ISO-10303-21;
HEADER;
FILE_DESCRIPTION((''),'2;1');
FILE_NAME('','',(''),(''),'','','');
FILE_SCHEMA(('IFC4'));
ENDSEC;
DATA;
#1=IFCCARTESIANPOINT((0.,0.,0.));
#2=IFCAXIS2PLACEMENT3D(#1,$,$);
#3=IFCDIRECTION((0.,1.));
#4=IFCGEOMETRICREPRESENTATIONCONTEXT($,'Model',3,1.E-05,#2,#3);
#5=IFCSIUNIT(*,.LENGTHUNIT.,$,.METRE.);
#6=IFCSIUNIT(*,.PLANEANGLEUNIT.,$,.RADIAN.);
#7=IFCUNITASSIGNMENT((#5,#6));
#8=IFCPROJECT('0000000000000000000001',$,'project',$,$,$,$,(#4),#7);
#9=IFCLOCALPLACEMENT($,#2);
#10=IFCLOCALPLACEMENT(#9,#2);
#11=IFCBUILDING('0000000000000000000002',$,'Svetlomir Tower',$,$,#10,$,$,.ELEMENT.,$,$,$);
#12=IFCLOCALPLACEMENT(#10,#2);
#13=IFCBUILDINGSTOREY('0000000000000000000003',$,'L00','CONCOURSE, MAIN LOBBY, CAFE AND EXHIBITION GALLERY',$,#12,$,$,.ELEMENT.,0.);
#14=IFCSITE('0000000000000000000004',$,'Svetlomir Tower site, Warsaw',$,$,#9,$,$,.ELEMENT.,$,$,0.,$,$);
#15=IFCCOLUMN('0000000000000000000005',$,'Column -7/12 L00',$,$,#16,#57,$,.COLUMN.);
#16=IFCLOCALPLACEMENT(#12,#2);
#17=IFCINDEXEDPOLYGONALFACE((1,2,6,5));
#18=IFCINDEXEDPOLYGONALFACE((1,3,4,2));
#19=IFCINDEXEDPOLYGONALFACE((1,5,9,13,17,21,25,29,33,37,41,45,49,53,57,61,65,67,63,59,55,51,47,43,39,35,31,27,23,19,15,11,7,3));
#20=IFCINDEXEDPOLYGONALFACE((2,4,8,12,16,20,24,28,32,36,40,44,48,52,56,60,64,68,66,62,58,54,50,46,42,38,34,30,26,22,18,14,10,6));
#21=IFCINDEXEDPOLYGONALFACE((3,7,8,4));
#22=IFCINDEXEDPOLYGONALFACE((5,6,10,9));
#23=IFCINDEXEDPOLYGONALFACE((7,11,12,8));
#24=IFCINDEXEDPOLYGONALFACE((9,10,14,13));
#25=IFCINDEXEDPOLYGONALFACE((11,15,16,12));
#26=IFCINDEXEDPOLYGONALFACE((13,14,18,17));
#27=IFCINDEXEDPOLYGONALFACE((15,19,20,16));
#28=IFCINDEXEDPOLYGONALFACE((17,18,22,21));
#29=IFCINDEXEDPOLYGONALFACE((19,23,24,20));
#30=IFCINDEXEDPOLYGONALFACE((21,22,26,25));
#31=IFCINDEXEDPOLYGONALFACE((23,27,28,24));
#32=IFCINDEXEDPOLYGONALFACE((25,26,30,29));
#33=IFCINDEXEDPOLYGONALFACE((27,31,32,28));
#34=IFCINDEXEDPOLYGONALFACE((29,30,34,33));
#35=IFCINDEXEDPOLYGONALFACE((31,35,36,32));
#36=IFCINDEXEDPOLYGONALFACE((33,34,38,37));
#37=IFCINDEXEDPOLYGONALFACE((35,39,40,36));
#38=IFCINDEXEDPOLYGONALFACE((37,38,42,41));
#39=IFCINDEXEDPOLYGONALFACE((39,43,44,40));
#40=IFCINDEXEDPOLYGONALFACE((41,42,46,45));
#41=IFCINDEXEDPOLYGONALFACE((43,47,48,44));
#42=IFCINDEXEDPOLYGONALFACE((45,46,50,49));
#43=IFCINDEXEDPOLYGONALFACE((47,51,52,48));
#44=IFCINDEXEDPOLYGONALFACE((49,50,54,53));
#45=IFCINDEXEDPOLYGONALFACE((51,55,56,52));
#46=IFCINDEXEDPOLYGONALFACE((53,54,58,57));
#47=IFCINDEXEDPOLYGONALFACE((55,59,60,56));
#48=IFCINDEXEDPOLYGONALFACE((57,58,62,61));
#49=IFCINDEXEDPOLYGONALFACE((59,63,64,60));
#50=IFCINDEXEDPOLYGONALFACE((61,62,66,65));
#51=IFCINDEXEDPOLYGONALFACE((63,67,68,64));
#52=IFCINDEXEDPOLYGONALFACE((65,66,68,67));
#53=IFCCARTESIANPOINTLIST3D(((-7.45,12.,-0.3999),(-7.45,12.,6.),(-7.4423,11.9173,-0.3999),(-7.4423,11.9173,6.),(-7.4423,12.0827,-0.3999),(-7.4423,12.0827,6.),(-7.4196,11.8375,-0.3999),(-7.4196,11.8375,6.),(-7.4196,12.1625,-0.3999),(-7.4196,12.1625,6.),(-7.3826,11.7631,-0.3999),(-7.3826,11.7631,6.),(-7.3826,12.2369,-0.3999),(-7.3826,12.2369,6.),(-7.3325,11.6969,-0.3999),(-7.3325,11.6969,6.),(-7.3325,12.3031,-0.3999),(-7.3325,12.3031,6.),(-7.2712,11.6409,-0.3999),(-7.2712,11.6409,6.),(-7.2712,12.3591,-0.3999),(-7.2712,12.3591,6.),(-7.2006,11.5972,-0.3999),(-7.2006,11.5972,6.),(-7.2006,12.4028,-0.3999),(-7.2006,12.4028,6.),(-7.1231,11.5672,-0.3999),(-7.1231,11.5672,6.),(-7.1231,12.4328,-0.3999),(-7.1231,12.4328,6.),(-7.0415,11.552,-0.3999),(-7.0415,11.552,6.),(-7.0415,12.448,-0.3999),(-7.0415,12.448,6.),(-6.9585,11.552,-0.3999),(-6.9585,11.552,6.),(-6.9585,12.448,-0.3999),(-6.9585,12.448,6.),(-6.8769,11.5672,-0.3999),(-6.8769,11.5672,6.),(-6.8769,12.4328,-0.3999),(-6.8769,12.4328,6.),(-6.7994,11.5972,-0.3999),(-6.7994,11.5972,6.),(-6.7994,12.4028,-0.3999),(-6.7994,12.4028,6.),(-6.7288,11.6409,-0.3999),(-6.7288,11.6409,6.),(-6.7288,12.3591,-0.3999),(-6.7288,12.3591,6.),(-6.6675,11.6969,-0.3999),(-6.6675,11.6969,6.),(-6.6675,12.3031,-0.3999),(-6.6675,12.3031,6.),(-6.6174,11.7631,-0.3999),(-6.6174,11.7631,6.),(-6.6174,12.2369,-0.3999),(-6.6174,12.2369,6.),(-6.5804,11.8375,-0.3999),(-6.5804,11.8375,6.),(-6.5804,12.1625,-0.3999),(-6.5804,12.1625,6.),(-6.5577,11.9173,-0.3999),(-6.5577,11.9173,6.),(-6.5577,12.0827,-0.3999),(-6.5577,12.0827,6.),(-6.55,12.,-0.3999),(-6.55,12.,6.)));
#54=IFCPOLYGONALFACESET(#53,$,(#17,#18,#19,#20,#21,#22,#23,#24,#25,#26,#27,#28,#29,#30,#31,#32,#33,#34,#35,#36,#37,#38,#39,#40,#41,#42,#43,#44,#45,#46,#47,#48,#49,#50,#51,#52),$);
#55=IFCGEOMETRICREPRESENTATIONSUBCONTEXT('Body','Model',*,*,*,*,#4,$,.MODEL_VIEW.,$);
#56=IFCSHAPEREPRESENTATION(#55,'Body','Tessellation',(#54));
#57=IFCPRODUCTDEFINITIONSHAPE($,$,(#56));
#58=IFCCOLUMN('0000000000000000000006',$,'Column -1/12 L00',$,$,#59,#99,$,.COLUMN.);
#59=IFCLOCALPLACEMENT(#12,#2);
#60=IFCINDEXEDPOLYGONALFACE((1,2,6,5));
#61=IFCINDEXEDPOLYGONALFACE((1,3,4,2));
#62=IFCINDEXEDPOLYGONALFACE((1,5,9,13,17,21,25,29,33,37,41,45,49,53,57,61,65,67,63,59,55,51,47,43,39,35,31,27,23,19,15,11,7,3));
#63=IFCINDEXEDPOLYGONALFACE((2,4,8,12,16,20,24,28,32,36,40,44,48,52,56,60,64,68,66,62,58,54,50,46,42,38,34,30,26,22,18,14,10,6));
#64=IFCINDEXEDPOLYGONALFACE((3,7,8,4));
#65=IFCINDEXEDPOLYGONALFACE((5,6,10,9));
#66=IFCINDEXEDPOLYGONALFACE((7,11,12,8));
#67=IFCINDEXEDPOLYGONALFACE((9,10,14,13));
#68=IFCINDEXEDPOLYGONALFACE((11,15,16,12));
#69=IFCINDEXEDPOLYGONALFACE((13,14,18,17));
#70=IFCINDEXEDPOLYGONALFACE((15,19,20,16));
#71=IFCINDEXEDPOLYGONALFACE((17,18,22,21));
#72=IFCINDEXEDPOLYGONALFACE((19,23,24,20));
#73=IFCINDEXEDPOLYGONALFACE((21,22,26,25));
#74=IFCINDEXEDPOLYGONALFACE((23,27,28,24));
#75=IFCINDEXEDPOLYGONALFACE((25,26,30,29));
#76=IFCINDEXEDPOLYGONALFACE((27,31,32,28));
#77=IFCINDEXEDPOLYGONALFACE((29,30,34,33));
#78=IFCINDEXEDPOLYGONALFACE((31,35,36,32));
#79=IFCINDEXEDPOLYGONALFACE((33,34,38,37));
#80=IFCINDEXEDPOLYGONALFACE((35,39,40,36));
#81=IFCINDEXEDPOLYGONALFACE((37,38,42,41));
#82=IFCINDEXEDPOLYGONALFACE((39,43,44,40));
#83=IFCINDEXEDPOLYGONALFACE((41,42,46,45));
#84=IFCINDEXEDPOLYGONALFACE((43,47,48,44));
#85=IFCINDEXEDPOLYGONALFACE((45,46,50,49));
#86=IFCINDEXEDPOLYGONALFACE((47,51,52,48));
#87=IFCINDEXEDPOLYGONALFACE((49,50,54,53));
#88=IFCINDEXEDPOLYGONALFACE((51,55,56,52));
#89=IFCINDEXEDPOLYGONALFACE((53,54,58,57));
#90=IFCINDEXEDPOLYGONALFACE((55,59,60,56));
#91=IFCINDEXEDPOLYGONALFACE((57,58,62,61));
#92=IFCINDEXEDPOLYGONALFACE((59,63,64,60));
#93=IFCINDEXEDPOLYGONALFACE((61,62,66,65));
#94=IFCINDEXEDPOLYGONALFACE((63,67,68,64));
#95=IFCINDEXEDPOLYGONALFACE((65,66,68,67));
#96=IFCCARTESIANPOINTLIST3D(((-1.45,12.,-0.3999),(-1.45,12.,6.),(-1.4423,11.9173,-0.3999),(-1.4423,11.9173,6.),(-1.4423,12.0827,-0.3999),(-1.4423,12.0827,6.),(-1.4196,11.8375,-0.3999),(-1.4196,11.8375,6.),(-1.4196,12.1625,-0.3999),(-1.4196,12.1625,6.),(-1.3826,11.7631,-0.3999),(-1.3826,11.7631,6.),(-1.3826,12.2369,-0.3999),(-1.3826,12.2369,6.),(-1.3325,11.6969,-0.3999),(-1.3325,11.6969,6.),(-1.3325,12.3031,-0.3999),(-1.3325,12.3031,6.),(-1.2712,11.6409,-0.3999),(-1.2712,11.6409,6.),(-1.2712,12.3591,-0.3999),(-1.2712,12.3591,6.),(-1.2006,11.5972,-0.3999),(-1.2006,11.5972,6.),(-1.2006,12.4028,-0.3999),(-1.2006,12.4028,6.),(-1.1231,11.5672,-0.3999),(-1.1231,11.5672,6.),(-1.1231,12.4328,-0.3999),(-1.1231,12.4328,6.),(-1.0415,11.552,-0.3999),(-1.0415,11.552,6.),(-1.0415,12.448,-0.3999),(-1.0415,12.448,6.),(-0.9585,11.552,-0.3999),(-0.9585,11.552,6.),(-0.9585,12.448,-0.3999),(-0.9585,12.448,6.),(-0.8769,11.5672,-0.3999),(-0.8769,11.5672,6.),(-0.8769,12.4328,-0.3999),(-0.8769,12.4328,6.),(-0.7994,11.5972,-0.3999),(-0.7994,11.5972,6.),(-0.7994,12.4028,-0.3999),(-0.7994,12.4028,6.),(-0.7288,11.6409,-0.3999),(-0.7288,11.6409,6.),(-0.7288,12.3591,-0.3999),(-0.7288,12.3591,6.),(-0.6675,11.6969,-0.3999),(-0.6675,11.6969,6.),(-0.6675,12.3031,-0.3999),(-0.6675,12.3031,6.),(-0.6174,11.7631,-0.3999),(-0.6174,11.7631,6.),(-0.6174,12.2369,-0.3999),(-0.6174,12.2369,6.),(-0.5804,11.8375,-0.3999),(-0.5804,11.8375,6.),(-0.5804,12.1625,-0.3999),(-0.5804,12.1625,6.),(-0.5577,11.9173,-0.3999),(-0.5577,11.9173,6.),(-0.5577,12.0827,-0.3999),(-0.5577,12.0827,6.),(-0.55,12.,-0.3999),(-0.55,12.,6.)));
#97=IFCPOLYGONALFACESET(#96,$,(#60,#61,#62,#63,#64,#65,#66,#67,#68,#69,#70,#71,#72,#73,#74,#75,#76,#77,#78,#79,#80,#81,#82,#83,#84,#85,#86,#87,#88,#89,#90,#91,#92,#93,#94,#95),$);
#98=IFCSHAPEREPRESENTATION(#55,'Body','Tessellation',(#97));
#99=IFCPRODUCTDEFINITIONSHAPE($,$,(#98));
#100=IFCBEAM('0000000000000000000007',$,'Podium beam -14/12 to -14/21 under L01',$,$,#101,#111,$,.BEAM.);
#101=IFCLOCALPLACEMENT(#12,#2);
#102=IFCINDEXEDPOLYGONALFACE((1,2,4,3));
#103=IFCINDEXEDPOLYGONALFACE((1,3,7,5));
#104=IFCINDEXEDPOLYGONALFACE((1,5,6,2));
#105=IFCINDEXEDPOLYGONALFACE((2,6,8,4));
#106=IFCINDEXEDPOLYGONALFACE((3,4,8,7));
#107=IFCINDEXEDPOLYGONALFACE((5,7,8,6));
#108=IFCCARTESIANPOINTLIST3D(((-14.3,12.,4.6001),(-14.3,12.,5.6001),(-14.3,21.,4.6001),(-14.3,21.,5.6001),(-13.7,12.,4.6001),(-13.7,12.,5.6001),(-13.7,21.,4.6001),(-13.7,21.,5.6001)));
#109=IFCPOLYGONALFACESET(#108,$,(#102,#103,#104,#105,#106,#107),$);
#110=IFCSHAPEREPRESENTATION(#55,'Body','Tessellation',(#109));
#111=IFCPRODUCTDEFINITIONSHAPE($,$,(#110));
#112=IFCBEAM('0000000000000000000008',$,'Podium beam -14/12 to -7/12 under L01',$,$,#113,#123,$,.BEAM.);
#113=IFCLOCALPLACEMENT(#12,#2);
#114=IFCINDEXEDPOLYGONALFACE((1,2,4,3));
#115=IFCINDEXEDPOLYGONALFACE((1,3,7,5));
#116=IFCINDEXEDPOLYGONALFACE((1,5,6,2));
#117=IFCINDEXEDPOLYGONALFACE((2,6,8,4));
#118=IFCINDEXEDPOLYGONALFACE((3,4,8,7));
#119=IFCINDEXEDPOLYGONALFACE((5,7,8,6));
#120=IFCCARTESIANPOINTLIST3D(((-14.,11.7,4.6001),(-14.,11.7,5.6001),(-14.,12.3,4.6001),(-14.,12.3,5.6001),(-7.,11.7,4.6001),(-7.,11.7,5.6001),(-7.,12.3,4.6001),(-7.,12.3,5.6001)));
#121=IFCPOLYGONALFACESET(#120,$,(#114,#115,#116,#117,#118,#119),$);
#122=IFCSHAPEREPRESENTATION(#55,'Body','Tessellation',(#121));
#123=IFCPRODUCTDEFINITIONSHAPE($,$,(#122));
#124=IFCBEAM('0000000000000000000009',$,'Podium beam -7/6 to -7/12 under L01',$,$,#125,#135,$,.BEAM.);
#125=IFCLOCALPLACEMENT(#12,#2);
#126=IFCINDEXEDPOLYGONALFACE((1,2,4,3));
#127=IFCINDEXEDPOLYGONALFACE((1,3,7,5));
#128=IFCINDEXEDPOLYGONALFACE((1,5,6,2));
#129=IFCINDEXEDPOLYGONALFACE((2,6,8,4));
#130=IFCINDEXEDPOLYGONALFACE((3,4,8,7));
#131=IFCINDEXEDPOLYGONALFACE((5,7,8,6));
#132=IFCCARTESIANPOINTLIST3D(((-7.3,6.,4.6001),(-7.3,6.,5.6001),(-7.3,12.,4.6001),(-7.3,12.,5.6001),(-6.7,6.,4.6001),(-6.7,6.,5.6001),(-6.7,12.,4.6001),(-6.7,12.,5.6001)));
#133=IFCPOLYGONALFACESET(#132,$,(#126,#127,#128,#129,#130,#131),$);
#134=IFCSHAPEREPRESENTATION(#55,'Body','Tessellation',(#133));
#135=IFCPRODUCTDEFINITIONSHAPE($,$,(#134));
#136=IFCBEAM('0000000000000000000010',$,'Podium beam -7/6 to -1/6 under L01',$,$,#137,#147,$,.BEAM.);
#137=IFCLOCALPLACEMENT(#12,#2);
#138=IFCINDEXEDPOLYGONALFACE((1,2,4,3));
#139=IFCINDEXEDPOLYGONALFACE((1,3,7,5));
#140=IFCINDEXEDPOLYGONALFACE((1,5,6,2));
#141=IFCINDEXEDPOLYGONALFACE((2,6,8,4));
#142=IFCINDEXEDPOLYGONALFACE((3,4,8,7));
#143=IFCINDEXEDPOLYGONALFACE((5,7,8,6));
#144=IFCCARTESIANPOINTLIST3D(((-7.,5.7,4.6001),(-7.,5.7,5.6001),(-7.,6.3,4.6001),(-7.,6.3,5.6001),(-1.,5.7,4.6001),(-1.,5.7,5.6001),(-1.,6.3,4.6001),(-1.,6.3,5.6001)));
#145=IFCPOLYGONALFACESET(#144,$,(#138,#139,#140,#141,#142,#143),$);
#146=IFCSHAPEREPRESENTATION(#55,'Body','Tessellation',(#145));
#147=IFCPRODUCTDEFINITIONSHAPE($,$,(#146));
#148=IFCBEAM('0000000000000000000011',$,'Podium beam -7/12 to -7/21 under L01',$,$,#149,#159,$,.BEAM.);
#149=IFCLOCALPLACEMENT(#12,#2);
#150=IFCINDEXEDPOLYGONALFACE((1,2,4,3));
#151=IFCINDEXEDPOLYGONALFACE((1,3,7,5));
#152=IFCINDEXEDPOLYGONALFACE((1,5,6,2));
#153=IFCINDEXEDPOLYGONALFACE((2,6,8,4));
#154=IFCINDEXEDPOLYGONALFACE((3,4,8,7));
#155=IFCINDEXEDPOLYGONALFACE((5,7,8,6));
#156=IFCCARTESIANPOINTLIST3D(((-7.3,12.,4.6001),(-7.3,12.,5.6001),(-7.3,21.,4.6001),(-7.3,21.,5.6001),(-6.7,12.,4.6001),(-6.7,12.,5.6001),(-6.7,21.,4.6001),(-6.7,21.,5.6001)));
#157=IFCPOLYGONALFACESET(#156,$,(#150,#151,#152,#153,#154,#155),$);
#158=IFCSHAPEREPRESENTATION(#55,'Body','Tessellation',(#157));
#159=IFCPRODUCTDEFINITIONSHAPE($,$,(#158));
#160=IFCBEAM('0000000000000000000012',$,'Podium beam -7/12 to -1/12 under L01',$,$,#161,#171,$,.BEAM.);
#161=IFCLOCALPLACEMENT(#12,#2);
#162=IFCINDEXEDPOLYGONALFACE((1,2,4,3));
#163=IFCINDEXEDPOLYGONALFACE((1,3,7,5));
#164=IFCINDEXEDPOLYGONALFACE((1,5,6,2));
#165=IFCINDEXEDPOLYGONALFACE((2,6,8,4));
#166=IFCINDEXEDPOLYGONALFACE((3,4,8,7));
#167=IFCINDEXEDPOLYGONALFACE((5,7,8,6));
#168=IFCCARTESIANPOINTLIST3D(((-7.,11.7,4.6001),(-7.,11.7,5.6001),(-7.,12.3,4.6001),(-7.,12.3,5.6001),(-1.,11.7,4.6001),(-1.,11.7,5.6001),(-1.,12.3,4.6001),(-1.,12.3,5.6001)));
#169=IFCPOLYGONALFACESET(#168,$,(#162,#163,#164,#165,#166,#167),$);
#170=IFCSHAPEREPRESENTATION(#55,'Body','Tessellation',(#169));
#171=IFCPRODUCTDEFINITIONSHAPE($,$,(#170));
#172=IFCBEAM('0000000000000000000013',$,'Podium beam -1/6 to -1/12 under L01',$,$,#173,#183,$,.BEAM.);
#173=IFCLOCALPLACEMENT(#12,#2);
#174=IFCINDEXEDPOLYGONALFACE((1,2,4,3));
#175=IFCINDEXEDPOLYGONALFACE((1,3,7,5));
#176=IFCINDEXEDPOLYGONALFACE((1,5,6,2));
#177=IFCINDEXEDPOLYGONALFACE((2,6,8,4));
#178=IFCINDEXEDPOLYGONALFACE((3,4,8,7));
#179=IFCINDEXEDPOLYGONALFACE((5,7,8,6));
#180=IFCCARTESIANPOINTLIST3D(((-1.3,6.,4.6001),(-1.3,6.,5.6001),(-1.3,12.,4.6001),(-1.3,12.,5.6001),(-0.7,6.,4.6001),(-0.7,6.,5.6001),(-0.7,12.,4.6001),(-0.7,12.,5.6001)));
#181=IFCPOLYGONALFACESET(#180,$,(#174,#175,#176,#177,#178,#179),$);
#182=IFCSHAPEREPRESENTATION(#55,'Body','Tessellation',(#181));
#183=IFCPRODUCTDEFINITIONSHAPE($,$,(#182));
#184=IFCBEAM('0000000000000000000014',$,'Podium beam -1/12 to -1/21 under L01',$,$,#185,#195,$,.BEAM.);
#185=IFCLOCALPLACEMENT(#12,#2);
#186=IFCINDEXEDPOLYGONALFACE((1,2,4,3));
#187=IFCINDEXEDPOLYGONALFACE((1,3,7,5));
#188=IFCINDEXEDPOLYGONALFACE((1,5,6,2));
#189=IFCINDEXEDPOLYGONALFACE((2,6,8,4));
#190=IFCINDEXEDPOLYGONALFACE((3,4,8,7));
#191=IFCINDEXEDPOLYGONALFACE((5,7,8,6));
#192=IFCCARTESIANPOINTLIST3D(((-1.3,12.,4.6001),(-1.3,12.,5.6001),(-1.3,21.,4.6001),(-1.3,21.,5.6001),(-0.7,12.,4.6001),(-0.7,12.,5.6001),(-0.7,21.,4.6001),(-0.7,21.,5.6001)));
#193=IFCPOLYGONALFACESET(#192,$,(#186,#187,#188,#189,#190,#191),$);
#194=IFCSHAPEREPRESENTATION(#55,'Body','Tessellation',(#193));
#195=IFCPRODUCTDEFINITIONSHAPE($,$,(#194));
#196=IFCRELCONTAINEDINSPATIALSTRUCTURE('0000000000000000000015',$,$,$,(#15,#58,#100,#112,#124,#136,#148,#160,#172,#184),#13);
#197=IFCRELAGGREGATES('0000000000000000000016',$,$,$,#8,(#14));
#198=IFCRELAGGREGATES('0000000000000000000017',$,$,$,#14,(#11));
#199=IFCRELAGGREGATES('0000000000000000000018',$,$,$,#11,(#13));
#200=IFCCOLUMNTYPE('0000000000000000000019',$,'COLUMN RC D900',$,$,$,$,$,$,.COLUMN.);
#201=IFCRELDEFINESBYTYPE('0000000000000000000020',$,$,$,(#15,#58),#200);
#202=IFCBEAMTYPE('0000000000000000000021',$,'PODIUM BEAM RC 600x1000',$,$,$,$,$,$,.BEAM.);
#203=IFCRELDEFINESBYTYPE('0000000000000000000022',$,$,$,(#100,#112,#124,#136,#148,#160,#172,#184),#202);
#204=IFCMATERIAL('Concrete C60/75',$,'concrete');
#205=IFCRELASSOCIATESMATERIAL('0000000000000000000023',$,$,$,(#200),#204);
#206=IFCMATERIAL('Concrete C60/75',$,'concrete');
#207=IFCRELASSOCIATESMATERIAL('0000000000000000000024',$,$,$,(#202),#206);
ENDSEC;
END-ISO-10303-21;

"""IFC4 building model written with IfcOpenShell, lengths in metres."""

from ifc_helpers import new_model, si_unit, direction, frame, origin, origin_2d, place, context, subcontext, project, spatial, rectangle, circle, extrude, material, material_profile, profile_set, type_object, element, save


model = new_model("IFC4")

# Units and contexts
model_context = context("Model", 3, precision=1e-05, world=origin(), true_north=direction((0.0, 1.0)))
body_context = subcontext(model_context, "Body", "Model", "MODEL_VIEW")
ifc_project = project(units=[si_unit("LENGTHUNIT", "METRE"), si_unit("PLANEANGLEUNIT", "RADIAN")], contexts=[model_context])

# Site, building, storey
site_placement = place(None, origin())
site = spatial("IfcSite", under=ifc_project, at=site_placement, Name="Svetlomir Tower site, Warsaw", CompositionType="ELEMENT", RefElevation=0.0)
building_placement = place(site_placement, origin())
building = spatial("IfcBuilding", under=site, at=building_placement, Name="Svetlomir Tower", CompositionType="ELEMENT")
storey_placement = place(building_placement, origin())
storey = spatial("IfcBuildingStorey", under=building, at=storey_placement, Name="L00", Description="CONCOURSE, MAIN LOBBY, CAFE AND EXHIBITION GALLERY", CompositionType="ELEMENT", Elevation=0.0)

# Columns
ifc_material_1 = material(Name="Concrete C60/75", Category="concrete")
ifc_material_profile_1 = material_profile(ifc_material_1, circle(Radius=0.45, at=origin_2d()), Name="RC D900")
ifc_profile_set_1 = profile_set([ifc_material_profile_1], Name="Concrete C60/75")
column_type = type_object("IfcColumnType", Name="COLUMN RC D900", PredefinedType="COLUMN", material=ifc_profile_set_1)
for number, where, z_axis, x_axis, name in (
    (1, (-7.0, 12.0, -0.3999), (0.0, 0.0, 1.0), (1.0, 0.0, 0.0), "Column -7/12 L00"),
    (2, (-1.0, 12.0, -0.3999), (0.0, 0.0, 1.0), (1.0, 0.0, 0.0), "Column -1/12 L00"),
):
    element("IfcColumn", number, at=place(storey_placement, frame(where, z_axis=z_axis, x_axis=x_axis)), inside=storey, type_object=column_type, Name=name, PredefinedType="COLUMN", context=body_context, shape_type="SweptSolid", body=[
        extrude(circle(Radius=0.45, at=origin_2d()), origin(), (0.0, 0.0, 1.0), 6.3999),
    ])

# Beams
ifc_material_2 = material(Name="Concrete C60/75", Category="concrete")
ifc_material_profile_2 = material_profile(ifc_material_2, rectangle(XDim=0.6001, YDim=1.0, at=origin_2d()), Name="RC 600x1000")
ifc_profile_set_2 = profile_set([ifc_material_profile_2], Name="Concrete C60/75")
beam_type = type_object("IfcBeamType", Name="PODIUM BEAM RC 600x1000", PredefinedType="BEAM", material=ifc_profile_set_2)
beam_1_placement = place(storey_placement, frame((-14.0, 12.0, 5.1001), z_axis=(0.0, 1.0, 0.0), x_axis=(-1.0, 0.0, 0.0)))
element("IfcBeam", 3, at=beam_1_placement, inside=storey, type_object=beam_type, Name="Podium beam -14/12 to -14/21 under L01", PredefinedType="BEAM", context=body_context, shape_type="SweptSolid", body=[
    extrude(rectangle(XDim=0.6001, YDim=1.0, at=origin_2d()), origin(), (0.0, 0.0, 1.0), 9.0),
])
beam_2_placement = place(storey_placement, frame((-14.0, 12.0, 5.1001), z_axis=(1.0, 0.0, 0.0), x_axis=(0.0, 1.0, 0.0)))
element("IfcBeam", 4, at=beam_2_placement, inside=storey, type_object=beam_type, Name="Podium beam -14/12 to -7/12 under L01", PredefinedType="BEAM", context=body_context, shape_type="SweptSolid", body=[
    extrude(rectangle(XDim=0.6001, YDim=1.0, at=origin_2d()), origin(), (0.0, 0.0, 1.0), 7.0),
])
for number, where, z_axis, x_axis, name in (
    (5, (-7.0, 6.0, 5.1001), (0.0, 1.0, 0.0), (-1.0, 0.0, 0.0), "Podium beam -7/6 to -7/12 under L01"),
    (6, (-7.0, 6.0, 5.1001), (1.0, 0.0, 0.0), (0.0, 1.0, 0.0), "Podium beam -7/6 to -1/6 under L01"),
):
    element("IfcBeam", number, at=place(storey_placement, frame(where, z_axis=z_axis, x_axis=x_axis)), inside=storey, type_object=beam_type, Name=name, PredefinedType="BEAM", context=body_context, shape_type="SweptSolid", body=[
        extrude(rectangle(XDim=0.6001, YDim=1.0, at=origin_2d()), origin(), (0.0, 0.0, 1.0), 6.0),
    ])
beam_3_placement = place(storey_placement, frame((-7.0, 12.0, 5.1001), z_axis=(0.0, 1.0, 0.0), x_axis=(-1.0, 0.0, 0.0)))
element("IfcBeam", 7, at=beam_3_placement, inside=storey, type_object=beam_type, Name="Podium beam -7/12 to -7/21 under L01", PredefinedType="BEAM", context=body_context, shape_type="SweptSolid", body=[
    extrude(rectangle(XDim=0.6001, YDim=1.0, at=origin_2d()), origin(), (0.0, 0.0, 1.0), 9.0),
])
for number, where, z_axis, x_axis, name in (
    (8, (-7.0, 12.0, 5.1001), (1.0, 0.0, 0.0), (0.0, 1.0, 0.0), "Podium beam -7/12 to -1/12 under L01"),
    (9, (-1.0, 6.0, 5.1001), (0.0, 1.0, 0.0), (-1.0, 0.0, 0.0), "Podium beam -1/6 to -1/12 under L01"),
):
    element("IfcBeam", number, at=place(storey_placement, frame(where, z_axis=z_axis, x_axis=x_axis)), inside=storey, type_object=beam_type, Name=name, PredefinedType="BEAM", context=body_context, shape_type="SweptSolid", body=[
        extrude(rectangle(XDim=0.6001, YDim=1.0, at=origin_2d()), origin(), (0.0, 0.0, 1.0), 6.0),
    ])
beam_4_placement = place(storey_placement, frame((-1.0, 12.0, 5.1001), z_axis=(0.0, 1.0, 0.0), x_axis=(-1.0, 0.0, 0.0)))
element("IfcBeam", 10, at=beam_4_placement, inside=storey, type_object=beam_type, Name="Podium beam -1/12 to -1/21 under L01", PredefinedType="BEAM", context=body_context, shape_type="SweptSolid", body=[
    extrude(rectangle(XDim=0.6001, YDim=1.0, at=origin_2d()), origin(), (0.0, 0.0, 1.0), 9.0),
])

save(model, "model.ifc")
